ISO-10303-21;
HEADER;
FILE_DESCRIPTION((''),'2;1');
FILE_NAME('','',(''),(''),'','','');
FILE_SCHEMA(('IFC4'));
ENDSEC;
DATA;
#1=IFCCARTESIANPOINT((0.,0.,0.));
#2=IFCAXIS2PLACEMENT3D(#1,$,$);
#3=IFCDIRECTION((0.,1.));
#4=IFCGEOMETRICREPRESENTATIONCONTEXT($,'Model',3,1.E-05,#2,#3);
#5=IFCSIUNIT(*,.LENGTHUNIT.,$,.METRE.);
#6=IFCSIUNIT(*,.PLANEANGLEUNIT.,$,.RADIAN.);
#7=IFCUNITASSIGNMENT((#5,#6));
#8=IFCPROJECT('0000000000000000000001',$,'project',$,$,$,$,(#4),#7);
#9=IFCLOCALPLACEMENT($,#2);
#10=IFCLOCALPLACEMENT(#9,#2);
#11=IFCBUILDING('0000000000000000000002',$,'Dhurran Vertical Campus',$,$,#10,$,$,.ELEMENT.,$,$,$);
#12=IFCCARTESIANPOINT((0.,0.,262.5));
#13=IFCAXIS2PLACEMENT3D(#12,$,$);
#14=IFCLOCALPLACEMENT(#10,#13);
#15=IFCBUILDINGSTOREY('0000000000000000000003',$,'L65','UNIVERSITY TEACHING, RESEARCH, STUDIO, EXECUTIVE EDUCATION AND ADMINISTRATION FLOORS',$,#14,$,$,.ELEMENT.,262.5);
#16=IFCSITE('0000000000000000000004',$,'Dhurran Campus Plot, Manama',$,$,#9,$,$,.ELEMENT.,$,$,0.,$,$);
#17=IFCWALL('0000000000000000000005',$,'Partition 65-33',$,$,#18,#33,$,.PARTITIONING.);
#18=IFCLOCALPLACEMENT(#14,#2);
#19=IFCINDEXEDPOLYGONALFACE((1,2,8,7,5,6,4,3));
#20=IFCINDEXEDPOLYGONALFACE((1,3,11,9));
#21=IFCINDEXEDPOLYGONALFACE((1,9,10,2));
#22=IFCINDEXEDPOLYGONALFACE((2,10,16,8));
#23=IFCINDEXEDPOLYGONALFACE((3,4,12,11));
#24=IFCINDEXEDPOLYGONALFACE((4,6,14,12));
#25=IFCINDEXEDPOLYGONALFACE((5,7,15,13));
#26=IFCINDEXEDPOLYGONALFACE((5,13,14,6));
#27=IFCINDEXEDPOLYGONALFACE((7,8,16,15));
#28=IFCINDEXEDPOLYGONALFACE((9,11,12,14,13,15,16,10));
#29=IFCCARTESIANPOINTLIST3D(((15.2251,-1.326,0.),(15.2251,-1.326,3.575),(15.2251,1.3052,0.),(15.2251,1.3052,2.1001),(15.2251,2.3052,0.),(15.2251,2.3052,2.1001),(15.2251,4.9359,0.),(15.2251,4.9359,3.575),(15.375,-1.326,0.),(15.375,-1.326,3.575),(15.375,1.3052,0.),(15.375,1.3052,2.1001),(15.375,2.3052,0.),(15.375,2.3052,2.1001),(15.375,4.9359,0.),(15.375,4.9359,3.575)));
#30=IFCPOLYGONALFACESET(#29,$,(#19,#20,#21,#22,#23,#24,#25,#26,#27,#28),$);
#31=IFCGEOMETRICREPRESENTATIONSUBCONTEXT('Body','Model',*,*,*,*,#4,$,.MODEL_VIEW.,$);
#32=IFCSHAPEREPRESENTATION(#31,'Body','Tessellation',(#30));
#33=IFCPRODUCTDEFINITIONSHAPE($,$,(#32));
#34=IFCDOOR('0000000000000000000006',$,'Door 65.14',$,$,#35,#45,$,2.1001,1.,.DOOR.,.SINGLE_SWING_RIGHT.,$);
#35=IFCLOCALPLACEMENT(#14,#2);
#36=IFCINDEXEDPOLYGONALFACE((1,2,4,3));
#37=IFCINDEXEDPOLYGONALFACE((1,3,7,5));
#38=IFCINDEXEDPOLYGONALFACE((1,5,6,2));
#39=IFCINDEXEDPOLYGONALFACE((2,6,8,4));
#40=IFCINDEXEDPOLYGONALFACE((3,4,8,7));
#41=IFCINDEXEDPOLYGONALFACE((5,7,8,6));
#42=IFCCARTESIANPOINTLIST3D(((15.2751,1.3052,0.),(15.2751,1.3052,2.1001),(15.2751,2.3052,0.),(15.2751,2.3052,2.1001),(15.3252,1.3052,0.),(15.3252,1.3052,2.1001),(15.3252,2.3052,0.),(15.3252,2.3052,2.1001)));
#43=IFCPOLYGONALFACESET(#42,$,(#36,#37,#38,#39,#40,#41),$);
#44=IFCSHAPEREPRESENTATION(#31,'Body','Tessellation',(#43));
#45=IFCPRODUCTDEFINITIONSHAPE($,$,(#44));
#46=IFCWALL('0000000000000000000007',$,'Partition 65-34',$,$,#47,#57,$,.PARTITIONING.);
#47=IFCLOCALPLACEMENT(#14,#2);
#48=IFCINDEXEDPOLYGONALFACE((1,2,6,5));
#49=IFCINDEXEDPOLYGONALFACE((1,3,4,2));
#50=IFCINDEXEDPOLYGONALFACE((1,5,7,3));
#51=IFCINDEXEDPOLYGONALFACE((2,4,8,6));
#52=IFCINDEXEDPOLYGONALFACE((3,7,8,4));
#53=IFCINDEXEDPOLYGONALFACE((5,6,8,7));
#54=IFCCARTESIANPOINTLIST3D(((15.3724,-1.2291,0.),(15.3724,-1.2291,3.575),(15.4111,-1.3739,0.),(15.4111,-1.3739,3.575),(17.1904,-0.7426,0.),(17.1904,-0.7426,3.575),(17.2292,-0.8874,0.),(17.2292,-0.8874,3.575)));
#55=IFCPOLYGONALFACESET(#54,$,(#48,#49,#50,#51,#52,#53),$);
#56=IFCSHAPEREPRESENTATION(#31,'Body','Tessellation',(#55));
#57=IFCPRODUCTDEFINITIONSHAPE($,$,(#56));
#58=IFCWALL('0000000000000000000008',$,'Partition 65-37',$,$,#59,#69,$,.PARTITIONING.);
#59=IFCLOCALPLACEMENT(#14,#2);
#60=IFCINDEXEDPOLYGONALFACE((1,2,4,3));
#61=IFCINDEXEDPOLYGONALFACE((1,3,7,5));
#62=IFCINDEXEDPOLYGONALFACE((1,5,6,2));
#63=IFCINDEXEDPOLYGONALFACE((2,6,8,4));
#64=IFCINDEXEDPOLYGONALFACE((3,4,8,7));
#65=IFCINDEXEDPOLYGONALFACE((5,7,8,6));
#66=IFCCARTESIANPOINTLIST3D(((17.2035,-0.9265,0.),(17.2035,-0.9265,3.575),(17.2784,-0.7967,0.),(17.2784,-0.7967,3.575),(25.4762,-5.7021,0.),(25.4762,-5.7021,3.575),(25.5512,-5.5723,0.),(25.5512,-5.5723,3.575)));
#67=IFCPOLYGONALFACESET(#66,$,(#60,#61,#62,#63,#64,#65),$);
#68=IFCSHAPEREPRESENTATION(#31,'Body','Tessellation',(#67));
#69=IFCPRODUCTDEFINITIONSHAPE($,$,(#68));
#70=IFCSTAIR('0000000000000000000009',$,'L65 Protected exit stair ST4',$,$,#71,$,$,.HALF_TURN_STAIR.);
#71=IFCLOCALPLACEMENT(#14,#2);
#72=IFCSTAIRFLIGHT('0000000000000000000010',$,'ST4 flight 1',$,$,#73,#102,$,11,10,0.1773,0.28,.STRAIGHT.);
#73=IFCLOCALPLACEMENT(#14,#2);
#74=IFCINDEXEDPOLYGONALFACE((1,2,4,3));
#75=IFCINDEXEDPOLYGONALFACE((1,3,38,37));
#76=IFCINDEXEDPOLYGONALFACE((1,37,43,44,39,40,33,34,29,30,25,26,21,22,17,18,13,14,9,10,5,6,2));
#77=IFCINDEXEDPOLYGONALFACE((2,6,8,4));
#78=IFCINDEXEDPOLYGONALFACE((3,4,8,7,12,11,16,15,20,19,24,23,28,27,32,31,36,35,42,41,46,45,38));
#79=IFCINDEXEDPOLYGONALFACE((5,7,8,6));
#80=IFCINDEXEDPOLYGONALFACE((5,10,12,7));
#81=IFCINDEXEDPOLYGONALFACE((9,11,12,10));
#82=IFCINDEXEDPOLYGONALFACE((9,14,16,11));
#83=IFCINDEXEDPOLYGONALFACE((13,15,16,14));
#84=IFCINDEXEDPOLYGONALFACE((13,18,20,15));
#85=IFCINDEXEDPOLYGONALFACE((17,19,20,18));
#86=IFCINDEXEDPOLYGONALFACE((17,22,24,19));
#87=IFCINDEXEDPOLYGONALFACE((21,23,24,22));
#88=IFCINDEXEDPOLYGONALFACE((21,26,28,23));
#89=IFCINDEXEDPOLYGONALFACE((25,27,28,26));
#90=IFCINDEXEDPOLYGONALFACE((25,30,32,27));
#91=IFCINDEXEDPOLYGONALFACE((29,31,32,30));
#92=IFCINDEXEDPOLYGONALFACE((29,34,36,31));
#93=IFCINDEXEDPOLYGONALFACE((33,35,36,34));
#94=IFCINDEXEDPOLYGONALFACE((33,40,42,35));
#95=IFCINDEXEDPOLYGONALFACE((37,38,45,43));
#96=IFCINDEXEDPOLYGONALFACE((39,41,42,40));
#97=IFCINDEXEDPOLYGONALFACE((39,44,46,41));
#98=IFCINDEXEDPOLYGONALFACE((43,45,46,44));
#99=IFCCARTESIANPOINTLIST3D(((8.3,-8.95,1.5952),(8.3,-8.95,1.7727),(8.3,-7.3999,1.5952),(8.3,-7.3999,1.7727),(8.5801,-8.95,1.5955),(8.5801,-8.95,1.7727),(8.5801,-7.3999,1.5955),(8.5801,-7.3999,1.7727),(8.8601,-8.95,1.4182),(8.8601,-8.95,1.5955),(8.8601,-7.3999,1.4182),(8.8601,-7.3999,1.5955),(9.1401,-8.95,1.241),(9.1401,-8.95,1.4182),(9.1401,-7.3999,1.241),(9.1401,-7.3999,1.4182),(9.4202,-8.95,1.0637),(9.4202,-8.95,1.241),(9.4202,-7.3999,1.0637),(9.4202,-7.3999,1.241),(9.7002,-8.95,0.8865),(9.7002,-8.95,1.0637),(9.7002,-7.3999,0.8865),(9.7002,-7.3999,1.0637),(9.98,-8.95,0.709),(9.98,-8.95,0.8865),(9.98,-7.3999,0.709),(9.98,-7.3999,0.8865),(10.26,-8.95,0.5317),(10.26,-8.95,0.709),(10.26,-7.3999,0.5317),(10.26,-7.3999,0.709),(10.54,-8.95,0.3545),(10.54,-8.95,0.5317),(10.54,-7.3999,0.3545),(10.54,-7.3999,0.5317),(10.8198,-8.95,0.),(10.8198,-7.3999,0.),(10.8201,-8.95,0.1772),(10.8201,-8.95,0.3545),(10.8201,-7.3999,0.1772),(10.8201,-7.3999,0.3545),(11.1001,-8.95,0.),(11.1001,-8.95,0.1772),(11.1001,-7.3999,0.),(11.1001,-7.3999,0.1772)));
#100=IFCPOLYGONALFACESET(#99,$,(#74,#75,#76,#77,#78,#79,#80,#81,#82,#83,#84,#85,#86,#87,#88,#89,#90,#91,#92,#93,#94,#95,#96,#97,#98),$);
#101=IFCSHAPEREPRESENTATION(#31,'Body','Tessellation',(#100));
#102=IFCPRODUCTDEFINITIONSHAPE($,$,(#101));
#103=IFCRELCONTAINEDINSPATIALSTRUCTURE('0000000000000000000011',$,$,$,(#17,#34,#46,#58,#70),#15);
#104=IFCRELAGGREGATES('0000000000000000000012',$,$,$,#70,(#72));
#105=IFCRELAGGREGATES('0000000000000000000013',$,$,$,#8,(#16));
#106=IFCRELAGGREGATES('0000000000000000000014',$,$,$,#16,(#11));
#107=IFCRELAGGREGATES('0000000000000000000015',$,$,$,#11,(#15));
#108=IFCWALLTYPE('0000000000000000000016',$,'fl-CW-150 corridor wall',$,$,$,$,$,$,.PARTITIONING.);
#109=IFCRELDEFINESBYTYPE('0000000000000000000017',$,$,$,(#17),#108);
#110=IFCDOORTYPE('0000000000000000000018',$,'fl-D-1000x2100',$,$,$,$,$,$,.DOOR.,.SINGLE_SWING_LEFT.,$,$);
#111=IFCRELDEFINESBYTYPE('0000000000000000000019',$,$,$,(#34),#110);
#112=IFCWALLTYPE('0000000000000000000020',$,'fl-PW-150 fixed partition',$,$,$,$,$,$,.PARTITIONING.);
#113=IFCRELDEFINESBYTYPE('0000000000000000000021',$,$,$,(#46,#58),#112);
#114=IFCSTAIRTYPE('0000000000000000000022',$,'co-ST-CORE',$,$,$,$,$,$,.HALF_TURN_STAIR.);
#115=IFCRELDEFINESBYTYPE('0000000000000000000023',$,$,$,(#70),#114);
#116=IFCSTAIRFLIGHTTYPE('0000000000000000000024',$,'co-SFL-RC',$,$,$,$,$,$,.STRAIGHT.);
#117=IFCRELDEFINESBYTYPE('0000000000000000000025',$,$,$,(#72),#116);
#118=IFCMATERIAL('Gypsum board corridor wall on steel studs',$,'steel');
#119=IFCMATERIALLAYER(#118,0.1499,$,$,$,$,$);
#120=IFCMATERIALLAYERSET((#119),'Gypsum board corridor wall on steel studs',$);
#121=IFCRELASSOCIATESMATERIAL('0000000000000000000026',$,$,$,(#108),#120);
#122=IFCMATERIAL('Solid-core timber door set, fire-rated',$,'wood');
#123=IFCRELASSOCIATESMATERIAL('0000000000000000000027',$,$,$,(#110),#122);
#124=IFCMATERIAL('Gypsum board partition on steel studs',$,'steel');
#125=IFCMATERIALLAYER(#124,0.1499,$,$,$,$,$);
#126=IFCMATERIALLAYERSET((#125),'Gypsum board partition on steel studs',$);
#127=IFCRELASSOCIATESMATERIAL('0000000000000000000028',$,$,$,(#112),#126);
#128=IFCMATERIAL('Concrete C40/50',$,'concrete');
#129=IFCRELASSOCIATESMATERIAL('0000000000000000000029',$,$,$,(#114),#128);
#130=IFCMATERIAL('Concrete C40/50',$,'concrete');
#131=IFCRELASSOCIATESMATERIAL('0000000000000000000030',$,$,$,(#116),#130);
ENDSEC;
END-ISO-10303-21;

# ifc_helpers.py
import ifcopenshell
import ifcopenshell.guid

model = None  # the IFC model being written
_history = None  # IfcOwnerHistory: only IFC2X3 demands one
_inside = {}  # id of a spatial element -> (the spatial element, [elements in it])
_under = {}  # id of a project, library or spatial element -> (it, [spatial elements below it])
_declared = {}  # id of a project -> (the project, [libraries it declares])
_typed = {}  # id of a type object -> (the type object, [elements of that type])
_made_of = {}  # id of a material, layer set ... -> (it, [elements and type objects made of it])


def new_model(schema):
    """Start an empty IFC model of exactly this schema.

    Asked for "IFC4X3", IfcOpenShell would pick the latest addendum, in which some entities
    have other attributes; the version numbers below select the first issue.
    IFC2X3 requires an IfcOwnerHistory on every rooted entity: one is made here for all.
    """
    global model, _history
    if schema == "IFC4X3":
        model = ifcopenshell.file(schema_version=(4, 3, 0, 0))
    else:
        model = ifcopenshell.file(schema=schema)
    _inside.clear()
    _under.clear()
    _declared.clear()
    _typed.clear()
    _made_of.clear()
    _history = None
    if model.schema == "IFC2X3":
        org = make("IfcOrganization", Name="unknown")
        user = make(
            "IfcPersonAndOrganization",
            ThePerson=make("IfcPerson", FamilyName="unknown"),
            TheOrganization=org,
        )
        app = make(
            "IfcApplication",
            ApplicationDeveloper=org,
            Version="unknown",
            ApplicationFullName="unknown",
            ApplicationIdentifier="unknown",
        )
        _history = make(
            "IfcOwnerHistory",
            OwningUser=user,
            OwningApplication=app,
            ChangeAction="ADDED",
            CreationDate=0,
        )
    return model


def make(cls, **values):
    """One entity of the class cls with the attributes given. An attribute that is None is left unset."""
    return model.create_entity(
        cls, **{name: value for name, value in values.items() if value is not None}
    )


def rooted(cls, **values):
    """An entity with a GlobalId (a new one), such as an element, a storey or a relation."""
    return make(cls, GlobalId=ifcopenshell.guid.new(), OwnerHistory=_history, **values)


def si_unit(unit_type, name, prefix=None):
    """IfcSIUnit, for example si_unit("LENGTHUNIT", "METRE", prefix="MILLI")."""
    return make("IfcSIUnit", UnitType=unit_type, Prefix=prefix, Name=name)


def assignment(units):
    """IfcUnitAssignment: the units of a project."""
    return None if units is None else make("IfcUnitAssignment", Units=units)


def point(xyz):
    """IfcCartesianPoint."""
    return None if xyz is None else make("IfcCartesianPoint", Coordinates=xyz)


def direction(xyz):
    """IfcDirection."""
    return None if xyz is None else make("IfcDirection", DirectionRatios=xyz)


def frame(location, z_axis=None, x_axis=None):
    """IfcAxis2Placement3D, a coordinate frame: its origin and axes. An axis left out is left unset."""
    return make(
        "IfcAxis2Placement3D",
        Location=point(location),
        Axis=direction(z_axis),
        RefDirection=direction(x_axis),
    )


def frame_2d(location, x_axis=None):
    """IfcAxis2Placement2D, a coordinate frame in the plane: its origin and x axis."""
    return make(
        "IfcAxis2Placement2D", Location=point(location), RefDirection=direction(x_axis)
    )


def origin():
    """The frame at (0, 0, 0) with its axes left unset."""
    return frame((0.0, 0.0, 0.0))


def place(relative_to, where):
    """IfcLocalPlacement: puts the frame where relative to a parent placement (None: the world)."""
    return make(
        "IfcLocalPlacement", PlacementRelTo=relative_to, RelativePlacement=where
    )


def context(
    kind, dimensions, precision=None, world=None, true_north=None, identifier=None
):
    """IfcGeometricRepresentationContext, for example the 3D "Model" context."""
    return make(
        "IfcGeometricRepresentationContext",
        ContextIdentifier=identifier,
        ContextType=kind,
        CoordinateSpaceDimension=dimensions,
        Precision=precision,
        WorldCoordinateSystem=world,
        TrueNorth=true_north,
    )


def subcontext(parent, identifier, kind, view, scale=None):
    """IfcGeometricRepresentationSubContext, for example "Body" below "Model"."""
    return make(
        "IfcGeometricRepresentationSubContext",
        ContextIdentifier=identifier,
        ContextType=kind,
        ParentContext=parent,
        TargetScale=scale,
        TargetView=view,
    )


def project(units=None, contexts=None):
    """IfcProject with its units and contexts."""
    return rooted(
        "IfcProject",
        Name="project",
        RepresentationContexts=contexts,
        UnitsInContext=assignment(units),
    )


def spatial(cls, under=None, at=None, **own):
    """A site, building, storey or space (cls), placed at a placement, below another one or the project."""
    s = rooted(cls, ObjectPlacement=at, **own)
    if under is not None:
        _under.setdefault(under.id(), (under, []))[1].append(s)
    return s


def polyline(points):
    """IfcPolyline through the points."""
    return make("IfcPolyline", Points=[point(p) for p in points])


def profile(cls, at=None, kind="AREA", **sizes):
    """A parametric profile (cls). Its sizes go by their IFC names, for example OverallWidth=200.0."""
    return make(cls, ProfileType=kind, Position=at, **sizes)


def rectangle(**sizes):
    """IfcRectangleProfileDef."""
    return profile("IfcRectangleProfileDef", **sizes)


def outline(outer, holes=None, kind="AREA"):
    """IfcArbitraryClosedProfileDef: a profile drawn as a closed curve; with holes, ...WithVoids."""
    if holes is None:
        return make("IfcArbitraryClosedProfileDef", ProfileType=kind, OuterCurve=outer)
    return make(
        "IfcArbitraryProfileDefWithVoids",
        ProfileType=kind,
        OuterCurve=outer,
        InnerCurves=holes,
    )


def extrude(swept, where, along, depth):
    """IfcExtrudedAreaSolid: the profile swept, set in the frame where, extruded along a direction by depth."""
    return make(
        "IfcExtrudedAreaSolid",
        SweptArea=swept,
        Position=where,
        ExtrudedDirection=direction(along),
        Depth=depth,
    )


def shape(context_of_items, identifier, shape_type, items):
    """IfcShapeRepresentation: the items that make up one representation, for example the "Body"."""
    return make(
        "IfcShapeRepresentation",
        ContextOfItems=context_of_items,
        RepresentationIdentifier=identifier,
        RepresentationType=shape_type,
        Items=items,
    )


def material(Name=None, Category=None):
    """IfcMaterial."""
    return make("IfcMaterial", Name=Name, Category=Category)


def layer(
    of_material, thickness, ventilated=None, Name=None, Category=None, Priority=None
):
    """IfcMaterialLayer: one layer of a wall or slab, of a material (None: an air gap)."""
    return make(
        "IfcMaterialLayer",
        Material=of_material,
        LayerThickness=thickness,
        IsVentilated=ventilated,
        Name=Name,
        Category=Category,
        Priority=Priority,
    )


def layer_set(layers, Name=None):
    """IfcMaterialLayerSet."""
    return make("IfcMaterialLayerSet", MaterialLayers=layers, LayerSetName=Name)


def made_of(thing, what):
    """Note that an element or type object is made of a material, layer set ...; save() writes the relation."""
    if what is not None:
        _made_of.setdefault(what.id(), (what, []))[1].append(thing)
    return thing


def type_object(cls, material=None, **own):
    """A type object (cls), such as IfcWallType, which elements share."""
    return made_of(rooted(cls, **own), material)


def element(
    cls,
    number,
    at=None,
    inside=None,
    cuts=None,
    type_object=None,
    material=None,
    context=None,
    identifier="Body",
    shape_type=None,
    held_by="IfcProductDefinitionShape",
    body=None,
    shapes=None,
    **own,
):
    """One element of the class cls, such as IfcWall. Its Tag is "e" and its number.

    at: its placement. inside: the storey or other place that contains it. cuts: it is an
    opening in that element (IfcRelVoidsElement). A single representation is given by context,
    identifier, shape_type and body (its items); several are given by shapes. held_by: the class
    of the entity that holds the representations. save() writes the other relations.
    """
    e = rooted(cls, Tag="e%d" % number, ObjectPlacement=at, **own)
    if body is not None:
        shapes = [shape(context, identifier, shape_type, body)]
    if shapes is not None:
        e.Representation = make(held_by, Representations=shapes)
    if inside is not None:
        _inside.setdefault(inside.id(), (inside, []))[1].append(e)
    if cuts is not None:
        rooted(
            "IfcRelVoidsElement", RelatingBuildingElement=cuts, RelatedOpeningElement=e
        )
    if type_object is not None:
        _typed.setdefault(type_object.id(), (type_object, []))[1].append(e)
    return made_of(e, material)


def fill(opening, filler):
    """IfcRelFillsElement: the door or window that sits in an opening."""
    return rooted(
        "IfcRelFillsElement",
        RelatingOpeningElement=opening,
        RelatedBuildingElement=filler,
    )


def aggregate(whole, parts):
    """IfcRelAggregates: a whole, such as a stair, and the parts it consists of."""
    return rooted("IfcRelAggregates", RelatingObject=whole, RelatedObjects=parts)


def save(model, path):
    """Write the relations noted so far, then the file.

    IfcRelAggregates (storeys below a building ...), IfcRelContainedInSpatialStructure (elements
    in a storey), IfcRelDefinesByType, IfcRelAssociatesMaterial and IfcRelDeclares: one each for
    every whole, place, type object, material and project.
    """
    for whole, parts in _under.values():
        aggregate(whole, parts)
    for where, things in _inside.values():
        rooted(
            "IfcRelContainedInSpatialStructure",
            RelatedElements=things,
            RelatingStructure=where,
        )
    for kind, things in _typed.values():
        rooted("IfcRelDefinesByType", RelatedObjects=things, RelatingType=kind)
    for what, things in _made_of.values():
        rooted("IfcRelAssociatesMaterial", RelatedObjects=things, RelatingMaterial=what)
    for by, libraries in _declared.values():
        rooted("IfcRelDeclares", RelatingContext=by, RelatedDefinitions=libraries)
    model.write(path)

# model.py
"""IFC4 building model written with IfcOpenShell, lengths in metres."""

from ifc_helpers import new_model, si_unit, direction, frame, frame_2d, origin, place, context, subcontext, project, spatial, polyline, rectangle, outline, extrude, material, layer, layer_set, type_object, element, fill, aggregate, save


model = new_model("IFC4")

# Units and contexts
model_context = context("Model", 3, precision=1e-05, world=origin(), true_north=direction((0.0, 1.0)))
body_context = subcontext(model_context, "Body", "Model", "MODEL_VIEW")
ifc_project = project(units=[si_unit("LENGTHUNIT", "METRE"), si_unit("PLANEANGLEUNIT", "RADIAN")], contexts=[model_context])

# Site, building, storey
site_placement = place(None, origin())
site = spatial("IfcSite", under=ifc_project, at=site_placement, Name="Dhurran Campus Plot, Manama", CompositionType="ELEMENT", RefElevation=0.0)
building_placement = place(site_placement, origin())
building = spatial("IfcBuilding", under=site, at=building_placement, Name="Dhurran Vertical Campus", CompositionType="ELEMENT")
storey_placement = place(building_placement, frame((0.0, 0.0, 262.5)))
storey = spatial("IfcBuildingStorey", under=building, at=storey_placement, Name="L65", Description="UNIVERSITY TEACHING, RESEARCH, STUDIO, EXECUTIVE EDUCATION AND ADMINISTRATION FLOORS", CompositionType="ELEMENT", Elevation=262.5)

# Wall, opening, door
ifc_material_1 = material(Name="Gypsum board corridor wall on steel studs", Category="steel")
ifc_layer_1 = layer(ifc_material_1, 0.1499)
ifc_layer_set_1 = layer_set([ifc_layer_1], Name="Gypsum board corridor wall on steel studs")
wall_type_1 = type_object("IfcWallType", Name="fl-CW-150 corridor wall", PredefinedType="PARTITIONING", material=ifc_layer_set_1)
wall_1_placement = place(storey_placement, frame((15.3, -1.3259, 0.0), z_axis=(0.0, 0.0, 1.0), x_axis=(0.0, 1.0, 0.0)))
wall_1 = element("IfcWall", 1, at=wall_1_placement, inside=storey, type_object=wall_type_1, Name="Partition 65-33", PredefinedType="PARTITIONING", context=body_context, shape_type="SweptSolid", body=[
    extrude(rectangle(XDim=6.262, YDim=0.1499, at=frame_2d((3.1309, 0.0))), origin(), (0.0, 0.0, 1.0), 3.575),
])
opening_1_placement = place(wall_1_placement, frame((2.6311, 0.0, 0.0)))
opening_1 = element("IfcOpeningElement", 2, at=opening_1_placement, cuts=wall_1, PredefinedType="OPENING", context=body_context, shape_type="SweptSolid", body=[
    extrude(rectangle(XDim=1.0, YDim=2.1001, at=frame_2d((0.5, 1.05))), frame((0.0, 0.085, 0.0), z_axis=(0.0, -1.0, 0.0), x_axis=(1.0, 0.0, 0.0)), (0.0, 0.0, 1.0), 0.1699),
])
ifc_material_2 = material(Name="Solid-core timber door set, fire-rated", Category="wood")
door_type = type_object("IfcDoorType", Name="fl-D-1000x2100", OperationType="SINGLE_SWING_LEFT", PredefinedType="DOOR", material=ifc_material_2)
door_placement = place(opening_1_placement, origin())
door = element("IfcDoor", 3, at=door_placement, inside=storey, type_object=door_type, Name="Door 65.14", OperationType="SINGLE_SWING_RIGHT", OverallHeight=2.1001, OverallWidth=1.0, PredefinedType="DOOR", context=body_context, shape_type="SweptSolid", body=[
    extrude(rectangle(XDim=1.0, YDim=2.1001, at=frame_2d((0.5, 1.05))), frame((0.0, 0.0249, 0.0), z_axis=(0.0, -1.0, 0.0), x_axis=(1.0, 0.0, 0.0)), (0.0, 0.0, 1.0), 0.05),
])
fill(opening_1, door)

# Walls
ifc_material_3 = material(Name="Gypsum board partition on steel studs", Category="steel")
ifc_layer_2 = layer(ifc_material_3, 0.1499)
ifc_layer_set_2 = layer_set([ifc_layer_2], Name="Gypsum board partition on steel studs")
wall_type_2 = type_object("IfcWallType", Name="fl-PW-150 fixed partition", PredefinedType="PARTITIONING", material=ifc_layer_set_2)
wall_2_placement = place(storey_placement, frame((15.3918, -1.3015, 0.0), z_axis=(0.0, 0.0, 1.0), x_axis=(0.966004, 0.258526, 0.0)))
element("IfcWall", 4, at=wall_2_placement, inside=storey, type_object=wall_type_2, Name="Partition 65-34", PredefinedType="PARTITIONING", context=body_context, shape_type="SweptSolid", body=[
    extrude(rectangle(XDim=1.8821, YDim=0.1499, at=frame_2d((0.9409, 0.0))), origin(), (0.0, 0.0, 1.0), 3.575),
])
wall_3_placement = place(storey_placement, frame((17.241, -0.8616, 0.0), z_axis=(0.0, 0.0, 1.0), x_axis=(0.866053, -0.499952, 0.0)))
element("IfcWall", 5, at=wall_3_placement, inside=storey, type_object=wall_type_2, Name="Partition 65-37", PredefinedType="PARTITIONING", context=body_context, shape_type="SweptSolid", body=[
    extrude(rectangle(XDim=9.5522, YDim=0.1499, at=frame_2d((4.7761, 0.0))), origin(), (0.0, 0.0, 1.0), 3.575),
])

# Stair, stair flight
ifc_material_4 = material(Name="Concrete C40/50", Category="concrete")
stair_type = type_object("IfcStairType", Name="co-ST-CORE", PredefinedType="HALF_TURN_STAIR", material=ifc_material_4)
stair_placement = place(storey_placement, origin())
stair = element("IfcStair", 6, at=stair_placement, inside=storey, type_object=stair_type, Name="L65 Protected exit stair ST4", PredefinedType="HALF_TURN_STAIR")
ifc_material_5 = material(Name="Concrete C40/50", Category="concrete")
stair_flight_type = type_object("IfcStairFlightType", Name="co-SFL-RC", PredefinedType="STRAIGHT", material=ifc_material_5)
stair_flight_placement = place(storey_placement, frame((11.1001, -8.175, 0.0), z_axis=(0.0, 0.0, 1.0), x_axis=(-1.0, 0.0, 0.0)))
stair_flight = element("IfcStairFlight", 7, at=stair_flight_placement, type_object=stair_flight_type, Name="ST4 flight 1", NumberOfRisers=11, NumberOfTreads=10, PredefinedType="STRAIGHT", RiserHeight=0.1773, TreadLength=0.28, context=body_context, shape_type="SweptSolid", body=[
    extrude(outline(polyline([(0.0, 0.0), (0.0, 0.1772), (0.28, 0.1772), (0.28, 0.3545), (0.5601, 0.3545), (0.5601, 0.5317), (0.8401, 0.5317), (0.8401, 0.709), (1.1201, 0.709), (1.1201, 0.8865), (1.3999, 0.8865), (1.3999, 1.0637), (1.6799, 1.0637), (1.6799, 1.241), (1.96, 1.241), (1.96, 1.4182), (2.24, 1.4182), (2.24, 1.5955), (2.52, 1.5955), (2.52, 1.7727), (2.8, 1.7727), (2.8, 1.95), (2.8, 1.5952), (0.2803, 0.0), (0.0, 0.0)])), frame((0.0, 0.7749, 0.0), z_axis=(0.0, -1.0, 0.0), x_axis=(1.0, 0.0, 0.0)), (0.0, 0.0, 1.0), 1.55),
])
aggregate(stair, [stair_flight])

save(model, "model.ifc")
